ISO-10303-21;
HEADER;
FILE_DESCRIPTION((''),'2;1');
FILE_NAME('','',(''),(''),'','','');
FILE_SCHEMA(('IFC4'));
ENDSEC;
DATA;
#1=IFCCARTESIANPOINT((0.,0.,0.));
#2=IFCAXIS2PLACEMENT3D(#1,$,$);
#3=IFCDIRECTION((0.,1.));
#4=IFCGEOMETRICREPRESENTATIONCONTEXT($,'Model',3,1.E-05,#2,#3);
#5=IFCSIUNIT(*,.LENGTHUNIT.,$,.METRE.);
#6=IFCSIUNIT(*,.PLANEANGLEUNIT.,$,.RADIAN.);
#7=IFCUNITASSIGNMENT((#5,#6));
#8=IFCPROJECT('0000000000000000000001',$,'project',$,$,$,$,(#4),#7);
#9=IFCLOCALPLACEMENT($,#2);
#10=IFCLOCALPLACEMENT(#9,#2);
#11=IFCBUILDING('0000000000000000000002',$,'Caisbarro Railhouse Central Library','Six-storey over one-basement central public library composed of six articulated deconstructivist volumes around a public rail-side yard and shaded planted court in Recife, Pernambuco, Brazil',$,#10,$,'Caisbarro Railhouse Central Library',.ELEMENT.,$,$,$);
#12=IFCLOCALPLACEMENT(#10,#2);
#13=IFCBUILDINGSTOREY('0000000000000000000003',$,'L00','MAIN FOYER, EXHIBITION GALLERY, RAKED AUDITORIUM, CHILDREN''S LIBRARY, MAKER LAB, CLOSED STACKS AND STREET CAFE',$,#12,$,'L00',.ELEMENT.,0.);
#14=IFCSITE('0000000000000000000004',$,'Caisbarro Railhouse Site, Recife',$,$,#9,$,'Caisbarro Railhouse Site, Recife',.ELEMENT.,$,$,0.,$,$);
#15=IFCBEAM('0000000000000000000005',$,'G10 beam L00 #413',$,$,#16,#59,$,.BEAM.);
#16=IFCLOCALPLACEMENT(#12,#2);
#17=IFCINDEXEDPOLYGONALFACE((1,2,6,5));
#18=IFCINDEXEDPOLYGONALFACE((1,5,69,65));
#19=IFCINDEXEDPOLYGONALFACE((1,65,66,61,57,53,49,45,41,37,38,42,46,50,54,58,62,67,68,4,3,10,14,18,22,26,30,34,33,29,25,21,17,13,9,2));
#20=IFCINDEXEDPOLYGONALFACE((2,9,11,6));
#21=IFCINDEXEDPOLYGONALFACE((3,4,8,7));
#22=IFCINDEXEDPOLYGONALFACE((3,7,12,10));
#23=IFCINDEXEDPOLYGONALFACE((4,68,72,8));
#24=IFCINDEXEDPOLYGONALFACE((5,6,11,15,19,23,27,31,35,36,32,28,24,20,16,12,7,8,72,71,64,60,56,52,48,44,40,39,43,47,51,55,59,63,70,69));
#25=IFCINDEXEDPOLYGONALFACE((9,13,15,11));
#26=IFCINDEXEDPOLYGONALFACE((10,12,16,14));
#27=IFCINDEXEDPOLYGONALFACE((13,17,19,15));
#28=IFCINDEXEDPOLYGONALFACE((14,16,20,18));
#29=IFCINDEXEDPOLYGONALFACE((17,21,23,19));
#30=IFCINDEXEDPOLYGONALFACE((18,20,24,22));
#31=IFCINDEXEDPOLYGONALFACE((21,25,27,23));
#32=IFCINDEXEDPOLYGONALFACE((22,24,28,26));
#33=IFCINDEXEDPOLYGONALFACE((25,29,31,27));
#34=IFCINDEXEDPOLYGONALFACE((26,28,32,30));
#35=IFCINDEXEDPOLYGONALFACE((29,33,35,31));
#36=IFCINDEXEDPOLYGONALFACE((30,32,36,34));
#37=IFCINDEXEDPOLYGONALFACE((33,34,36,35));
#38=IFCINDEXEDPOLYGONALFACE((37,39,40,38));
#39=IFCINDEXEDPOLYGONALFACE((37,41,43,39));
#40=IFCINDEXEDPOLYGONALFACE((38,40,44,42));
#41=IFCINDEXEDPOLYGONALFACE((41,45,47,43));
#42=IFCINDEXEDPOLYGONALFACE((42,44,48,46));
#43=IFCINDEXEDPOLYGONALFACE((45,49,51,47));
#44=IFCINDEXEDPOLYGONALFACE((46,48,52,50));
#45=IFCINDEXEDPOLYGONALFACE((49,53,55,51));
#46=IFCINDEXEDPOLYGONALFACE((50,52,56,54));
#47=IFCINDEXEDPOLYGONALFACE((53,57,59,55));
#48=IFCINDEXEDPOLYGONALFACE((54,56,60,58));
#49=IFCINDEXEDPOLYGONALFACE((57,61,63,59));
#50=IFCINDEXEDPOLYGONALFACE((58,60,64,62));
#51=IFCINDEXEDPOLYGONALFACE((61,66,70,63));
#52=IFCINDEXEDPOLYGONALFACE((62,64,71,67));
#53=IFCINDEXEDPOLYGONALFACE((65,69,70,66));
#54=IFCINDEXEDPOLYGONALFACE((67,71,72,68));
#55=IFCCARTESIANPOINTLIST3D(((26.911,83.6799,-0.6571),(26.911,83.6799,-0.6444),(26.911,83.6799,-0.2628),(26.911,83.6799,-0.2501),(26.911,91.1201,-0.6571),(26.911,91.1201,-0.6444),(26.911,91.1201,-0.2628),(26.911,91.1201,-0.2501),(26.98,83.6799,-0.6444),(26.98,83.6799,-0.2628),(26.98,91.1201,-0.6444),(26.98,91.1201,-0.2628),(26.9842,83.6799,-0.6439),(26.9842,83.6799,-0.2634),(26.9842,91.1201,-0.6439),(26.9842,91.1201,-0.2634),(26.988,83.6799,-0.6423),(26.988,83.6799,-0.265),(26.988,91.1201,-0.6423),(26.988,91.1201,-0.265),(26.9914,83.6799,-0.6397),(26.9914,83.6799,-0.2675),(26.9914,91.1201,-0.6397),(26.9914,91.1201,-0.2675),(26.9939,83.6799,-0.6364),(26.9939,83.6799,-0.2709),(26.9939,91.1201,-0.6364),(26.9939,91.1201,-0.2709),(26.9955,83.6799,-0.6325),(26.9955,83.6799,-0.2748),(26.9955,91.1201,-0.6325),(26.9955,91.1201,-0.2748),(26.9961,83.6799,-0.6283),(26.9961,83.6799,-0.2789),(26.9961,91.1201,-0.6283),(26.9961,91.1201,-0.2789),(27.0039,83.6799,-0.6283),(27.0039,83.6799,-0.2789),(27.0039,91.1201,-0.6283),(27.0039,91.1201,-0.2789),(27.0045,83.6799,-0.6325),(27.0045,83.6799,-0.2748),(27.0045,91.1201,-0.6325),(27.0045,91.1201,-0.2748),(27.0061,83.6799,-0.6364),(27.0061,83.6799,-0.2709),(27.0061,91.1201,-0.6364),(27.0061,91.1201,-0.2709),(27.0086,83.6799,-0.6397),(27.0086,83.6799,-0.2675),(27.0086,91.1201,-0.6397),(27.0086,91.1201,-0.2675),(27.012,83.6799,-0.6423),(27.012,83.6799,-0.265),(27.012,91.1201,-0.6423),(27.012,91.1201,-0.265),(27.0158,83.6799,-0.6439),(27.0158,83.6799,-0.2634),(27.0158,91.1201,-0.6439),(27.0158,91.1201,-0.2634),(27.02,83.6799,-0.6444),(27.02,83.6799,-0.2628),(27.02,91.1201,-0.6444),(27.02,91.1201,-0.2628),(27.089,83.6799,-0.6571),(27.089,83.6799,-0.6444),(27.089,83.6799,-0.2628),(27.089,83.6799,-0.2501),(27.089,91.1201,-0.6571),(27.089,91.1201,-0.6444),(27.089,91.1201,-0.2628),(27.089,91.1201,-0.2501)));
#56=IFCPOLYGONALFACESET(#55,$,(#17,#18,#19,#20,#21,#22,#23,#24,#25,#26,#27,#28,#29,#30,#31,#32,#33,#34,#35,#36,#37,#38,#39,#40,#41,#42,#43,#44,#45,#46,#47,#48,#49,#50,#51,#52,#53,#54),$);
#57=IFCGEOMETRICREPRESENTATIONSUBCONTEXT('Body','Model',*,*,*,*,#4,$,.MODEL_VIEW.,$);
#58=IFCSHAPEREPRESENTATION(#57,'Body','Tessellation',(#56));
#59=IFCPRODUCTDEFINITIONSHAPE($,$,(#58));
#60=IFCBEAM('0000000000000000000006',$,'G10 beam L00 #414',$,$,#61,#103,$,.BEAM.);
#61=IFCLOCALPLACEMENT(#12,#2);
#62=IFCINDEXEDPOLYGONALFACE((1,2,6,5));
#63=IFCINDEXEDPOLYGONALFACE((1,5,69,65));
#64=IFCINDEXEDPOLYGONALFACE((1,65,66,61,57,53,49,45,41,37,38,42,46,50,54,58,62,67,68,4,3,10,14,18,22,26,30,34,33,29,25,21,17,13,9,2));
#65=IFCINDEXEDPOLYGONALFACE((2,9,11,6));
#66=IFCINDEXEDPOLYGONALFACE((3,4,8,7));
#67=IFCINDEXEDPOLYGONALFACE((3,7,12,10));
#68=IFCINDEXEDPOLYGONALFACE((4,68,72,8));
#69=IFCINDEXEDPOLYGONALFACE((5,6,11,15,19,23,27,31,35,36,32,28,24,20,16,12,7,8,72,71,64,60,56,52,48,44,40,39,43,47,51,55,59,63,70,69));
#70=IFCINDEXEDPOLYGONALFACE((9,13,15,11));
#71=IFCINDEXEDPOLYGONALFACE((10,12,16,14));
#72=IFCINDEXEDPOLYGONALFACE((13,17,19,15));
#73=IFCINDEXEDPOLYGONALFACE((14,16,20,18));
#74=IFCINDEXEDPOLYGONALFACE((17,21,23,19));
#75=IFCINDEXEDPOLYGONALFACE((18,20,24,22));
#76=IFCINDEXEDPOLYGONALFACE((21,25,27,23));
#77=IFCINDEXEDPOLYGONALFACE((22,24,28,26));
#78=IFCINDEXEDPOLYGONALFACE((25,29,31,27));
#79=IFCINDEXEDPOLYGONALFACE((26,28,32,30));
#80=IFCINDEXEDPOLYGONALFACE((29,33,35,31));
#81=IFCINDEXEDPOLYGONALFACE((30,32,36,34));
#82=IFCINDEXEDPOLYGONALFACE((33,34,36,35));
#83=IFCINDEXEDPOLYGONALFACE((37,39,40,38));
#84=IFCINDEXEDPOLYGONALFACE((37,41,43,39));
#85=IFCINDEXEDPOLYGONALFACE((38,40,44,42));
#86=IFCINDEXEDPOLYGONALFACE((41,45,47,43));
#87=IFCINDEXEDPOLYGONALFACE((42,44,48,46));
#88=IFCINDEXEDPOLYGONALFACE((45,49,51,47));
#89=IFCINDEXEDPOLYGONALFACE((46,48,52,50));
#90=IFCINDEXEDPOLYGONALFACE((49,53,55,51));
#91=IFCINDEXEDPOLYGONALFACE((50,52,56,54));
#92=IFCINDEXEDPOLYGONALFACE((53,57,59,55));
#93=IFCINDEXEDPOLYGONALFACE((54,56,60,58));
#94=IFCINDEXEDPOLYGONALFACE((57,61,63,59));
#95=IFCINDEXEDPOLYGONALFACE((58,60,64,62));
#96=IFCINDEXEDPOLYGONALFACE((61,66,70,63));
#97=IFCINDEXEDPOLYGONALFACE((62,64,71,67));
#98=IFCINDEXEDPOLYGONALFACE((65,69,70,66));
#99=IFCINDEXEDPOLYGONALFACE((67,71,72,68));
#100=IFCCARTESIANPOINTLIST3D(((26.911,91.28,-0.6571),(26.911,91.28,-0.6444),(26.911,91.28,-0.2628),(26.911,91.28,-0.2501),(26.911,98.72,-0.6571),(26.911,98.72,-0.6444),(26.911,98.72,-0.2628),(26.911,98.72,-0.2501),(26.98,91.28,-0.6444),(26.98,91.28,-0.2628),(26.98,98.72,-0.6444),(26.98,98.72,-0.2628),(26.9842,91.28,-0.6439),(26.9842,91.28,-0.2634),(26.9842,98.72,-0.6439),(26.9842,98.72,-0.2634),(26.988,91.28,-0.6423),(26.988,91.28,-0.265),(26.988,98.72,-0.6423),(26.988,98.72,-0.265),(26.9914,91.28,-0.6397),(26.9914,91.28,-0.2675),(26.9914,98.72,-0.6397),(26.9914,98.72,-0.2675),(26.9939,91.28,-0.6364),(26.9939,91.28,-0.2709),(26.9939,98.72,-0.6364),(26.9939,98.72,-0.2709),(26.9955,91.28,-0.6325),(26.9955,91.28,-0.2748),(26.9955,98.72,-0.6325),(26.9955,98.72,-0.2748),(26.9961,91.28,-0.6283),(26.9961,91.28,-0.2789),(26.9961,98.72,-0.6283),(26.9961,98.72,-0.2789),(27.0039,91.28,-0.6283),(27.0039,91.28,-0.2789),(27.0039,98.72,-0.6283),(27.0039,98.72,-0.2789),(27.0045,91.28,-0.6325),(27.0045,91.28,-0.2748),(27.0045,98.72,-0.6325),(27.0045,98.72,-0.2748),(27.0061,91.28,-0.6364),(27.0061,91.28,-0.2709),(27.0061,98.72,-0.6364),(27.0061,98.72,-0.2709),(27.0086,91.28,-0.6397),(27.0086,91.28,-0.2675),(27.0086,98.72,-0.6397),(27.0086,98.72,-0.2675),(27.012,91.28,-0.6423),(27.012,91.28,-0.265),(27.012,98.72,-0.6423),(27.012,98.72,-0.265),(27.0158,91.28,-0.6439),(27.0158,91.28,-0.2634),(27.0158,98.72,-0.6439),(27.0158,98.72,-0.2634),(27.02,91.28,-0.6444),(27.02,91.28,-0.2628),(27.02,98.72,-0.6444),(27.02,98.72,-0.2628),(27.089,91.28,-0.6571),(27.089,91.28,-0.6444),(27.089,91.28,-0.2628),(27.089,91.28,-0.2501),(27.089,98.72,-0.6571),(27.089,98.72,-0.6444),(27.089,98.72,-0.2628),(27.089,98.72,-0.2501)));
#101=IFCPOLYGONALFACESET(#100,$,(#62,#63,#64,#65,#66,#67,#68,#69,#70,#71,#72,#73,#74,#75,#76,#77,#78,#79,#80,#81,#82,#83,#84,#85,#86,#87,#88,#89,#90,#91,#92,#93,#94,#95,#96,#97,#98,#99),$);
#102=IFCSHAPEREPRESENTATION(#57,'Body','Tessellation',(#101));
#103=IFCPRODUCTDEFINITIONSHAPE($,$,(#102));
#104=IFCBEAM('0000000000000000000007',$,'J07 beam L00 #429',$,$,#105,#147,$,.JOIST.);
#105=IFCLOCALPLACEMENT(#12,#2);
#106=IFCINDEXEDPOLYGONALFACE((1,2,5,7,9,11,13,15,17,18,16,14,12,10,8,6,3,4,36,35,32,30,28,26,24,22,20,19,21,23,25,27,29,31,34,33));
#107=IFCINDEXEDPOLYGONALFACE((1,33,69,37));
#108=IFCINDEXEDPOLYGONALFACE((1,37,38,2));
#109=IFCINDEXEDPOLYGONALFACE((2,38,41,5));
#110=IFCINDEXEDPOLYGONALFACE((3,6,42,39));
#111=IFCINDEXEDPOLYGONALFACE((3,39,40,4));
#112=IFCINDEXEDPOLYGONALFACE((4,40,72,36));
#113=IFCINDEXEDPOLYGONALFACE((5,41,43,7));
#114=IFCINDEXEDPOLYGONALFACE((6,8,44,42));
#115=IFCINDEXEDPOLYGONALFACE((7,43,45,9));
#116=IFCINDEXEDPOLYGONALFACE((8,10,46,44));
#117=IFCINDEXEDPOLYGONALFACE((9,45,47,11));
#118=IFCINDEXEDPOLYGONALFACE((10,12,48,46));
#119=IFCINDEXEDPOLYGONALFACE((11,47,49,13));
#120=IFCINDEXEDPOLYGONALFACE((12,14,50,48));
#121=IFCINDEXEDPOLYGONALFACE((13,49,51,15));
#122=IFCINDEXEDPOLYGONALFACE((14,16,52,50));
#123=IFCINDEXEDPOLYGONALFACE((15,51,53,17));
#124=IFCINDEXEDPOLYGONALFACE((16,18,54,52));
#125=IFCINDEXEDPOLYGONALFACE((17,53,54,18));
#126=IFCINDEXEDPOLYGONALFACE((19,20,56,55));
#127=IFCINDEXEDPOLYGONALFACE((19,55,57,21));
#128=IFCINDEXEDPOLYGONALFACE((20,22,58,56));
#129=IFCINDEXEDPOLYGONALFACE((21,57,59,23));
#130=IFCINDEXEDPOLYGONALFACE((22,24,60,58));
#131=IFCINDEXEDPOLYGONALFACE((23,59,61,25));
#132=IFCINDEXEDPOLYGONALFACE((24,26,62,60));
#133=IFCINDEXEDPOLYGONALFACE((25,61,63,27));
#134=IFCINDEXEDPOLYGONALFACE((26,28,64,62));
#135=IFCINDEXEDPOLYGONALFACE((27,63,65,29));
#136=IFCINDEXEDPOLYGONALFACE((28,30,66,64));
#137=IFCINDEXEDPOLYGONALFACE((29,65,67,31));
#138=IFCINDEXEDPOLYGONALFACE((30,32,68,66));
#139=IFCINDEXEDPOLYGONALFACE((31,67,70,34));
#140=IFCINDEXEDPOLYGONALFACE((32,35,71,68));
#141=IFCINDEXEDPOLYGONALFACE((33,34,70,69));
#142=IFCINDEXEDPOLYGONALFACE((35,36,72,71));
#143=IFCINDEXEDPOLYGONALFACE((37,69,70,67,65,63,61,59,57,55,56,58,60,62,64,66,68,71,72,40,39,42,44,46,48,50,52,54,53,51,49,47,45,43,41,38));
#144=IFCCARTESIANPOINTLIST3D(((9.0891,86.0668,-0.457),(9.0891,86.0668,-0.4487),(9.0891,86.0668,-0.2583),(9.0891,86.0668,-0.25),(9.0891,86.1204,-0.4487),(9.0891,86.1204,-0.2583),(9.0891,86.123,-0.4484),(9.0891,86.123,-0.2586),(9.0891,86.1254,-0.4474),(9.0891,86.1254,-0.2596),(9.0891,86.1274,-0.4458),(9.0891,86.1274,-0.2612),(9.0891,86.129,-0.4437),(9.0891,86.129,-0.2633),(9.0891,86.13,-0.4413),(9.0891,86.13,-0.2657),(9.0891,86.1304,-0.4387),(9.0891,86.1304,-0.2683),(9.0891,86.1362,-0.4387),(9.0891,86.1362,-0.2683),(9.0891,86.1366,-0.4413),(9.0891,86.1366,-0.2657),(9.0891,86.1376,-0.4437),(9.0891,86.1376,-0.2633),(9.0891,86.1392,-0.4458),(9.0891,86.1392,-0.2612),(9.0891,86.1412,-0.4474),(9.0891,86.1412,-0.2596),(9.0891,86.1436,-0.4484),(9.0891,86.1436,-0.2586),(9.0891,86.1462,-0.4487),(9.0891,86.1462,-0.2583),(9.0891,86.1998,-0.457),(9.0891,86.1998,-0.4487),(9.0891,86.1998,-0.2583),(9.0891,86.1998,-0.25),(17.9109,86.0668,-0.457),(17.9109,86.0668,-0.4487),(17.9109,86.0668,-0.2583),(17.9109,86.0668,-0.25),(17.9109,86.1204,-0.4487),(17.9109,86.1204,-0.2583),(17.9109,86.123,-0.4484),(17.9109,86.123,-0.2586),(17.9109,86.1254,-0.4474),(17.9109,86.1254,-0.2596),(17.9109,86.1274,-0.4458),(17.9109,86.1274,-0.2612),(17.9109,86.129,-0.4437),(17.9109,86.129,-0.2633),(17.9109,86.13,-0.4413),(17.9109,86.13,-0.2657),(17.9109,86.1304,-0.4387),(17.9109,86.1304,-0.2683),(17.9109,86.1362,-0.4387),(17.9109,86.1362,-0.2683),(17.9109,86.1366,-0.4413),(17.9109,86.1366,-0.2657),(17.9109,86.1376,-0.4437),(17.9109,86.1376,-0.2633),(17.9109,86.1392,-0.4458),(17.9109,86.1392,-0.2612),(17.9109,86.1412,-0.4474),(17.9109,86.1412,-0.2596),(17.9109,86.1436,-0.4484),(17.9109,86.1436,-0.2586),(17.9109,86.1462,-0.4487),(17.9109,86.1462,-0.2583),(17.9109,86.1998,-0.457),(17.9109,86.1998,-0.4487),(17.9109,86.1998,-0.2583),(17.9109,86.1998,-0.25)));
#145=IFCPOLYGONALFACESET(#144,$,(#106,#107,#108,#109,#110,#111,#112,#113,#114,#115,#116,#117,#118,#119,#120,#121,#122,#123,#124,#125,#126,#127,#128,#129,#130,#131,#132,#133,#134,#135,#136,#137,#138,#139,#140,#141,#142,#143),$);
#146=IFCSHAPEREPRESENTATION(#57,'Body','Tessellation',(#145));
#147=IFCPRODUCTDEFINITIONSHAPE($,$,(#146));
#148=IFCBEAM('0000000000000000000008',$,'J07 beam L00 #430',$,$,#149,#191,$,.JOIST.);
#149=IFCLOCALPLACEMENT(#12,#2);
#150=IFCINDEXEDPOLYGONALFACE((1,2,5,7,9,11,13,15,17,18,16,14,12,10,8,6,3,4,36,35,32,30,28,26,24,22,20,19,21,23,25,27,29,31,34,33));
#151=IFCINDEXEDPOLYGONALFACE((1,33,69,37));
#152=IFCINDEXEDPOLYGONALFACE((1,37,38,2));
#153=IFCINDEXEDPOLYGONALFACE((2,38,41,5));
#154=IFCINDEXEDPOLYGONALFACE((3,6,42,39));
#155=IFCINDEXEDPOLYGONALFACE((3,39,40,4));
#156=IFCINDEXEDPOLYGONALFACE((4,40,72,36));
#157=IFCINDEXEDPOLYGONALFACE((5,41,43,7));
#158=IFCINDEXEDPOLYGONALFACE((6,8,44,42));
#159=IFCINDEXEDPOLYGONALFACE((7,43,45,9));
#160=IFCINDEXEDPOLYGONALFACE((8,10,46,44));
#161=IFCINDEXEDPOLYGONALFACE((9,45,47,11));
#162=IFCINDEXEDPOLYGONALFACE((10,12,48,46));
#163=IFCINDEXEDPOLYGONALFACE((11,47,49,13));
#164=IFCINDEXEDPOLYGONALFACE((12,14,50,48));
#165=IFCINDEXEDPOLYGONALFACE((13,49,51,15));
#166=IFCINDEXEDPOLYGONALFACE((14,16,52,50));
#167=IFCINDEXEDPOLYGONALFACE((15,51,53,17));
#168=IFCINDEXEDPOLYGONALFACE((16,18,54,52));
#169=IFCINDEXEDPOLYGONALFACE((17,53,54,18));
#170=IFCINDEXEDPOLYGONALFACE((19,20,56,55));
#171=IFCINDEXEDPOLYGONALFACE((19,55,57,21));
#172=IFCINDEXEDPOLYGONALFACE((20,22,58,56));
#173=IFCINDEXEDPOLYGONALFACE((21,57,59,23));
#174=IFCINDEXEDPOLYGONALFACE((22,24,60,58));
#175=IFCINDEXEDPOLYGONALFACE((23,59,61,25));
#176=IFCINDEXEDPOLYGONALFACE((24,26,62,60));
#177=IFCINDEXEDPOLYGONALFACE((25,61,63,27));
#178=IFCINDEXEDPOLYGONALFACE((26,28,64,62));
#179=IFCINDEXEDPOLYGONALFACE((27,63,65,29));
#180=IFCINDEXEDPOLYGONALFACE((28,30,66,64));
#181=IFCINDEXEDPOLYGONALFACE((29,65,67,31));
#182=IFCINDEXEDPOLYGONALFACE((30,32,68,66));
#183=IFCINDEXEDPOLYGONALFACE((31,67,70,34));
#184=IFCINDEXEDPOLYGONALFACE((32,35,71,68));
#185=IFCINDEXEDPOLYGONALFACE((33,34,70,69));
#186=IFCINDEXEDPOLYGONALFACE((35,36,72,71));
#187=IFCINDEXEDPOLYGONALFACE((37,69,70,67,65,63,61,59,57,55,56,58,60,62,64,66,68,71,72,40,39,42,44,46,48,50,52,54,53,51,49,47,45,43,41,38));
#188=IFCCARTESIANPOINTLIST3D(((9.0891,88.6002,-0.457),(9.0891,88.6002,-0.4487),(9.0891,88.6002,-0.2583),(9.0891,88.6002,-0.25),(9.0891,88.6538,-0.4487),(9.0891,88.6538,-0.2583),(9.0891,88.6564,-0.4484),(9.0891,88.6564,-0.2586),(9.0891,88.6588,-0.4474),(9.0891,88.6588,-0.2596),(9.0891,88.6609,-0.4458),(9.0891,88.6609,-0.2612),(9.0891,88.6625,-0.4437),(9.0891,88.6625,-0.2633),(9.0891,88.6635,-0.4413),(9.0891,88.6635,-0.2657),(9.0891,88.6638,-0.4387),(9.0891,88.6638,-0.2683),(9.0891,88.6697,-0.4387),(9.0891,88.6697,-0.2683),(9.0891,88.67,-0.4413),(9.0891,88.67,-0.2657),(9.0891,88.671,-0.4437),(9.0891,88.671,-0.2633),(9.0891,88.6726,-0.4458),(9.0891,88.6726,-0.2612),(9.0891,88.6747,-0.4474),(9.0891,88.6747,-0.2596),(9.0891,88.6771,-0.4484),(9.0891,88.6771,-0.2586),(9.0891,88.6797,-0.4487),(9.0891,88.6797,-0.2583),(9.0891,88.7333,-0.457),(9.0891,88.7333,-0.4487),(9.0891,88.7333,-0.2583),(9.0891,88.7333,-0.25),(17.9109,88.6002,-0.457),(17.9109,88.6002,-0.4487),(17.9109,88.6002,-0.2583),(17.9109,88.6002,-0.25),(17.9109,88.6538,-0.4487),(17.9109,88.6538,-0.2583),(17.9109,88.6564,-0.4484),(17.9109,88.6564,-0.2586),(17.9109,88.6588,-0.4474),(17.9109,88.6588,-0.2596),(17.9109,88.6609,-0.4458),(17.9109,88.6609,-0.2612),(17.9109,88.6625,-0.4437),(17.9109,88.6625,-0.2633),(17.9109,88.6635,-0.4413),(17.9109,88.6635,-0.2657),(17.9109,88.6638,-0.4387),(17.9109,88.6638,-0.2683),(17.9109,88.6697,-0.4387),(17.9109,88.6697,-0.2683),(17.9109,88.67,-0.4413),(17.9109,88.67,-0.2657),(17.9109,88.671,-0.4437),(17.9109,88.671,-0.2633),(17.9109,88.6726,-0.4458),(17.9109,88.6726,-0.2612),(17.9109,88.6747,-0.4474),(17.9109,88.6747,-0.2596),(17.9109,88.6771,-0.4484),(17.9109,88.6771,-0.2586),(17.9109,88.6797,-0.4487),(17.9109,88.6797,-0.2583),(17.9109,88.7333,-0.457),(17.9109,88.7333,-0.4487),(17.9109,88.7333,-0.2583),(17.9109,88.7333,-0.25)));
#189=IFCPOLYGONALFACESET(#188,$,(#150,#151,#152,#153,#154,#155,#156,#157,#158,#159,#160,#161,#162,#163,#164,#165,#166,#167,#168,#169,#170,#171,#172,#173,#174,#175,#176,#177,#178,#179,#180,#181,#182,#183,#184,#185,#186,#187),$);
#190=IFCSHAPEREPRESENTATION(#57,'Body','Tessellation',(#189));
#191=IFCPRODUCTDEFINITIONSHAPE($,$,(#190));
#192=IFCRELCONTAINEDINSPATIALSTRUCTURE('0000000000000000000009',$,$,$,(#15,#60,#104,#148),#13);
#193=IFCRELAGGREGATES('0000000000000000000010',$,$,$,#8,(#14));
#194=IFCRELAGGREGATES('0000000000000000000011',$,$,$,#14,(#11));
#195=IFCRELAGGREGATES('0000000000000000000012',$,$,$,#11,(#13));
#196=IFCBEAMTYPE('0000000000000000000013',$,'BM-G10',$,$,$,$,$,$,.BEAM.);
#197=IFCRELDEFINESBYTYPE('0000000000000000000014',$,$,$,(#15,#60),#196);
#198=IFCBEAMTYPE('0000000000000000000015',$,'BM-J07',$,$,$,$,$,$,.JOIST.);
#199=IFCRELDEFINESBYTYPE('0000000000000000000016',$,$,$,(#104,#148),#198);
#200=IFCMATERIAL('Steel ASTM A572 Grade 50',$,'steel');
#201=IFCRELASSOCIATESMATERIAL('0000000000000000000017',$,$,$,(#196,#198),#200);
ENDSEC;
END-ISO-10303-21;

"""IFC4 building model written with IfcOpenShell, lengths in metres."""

from ifc_helpers import new_model, si_unit, direction, frame, origin, origin_2d, place, context, subcontext, project, spatial, i_section, extrude, material, material_profile, profile_set, type_object, element, save


model = new_model("IFC4")

# Units and contexts
model_context = context("Model", 3, precision=1e-05, world=origin(), true_north=direction((0.0, 1.0)))
body_context = subcontext(model_context, "Body", "Model", "MODEL_VIEW")
ifc_project = project(units=[si_unit("LENGTHUNIT", "METRE"), si_unit("PLANEANGLEUNIT", "RADIAN")], contexts=[model_context])

# Site, building, storey
site_placement = place(None, origin())
site = spatial("IfcSite", under=ifc_project, at=site_placement, Name="Caisbarro Railhouse Site, Recife", LongName="Caisbarro Railhouse Site, Recife", CompositionType="ELEMENT", RefElevation=0.0)
building_placement = place(site_placement, origin())
building = spatial("IfcBuilding", under=site, at=building_placement, Name="Caisbarro Railhouse Central Library", Description="Six-storey over one-basement central public library composed of six articulated deconstructivist volumes around a public rail-side yard and shaded planted court in Recife, Pernambuco, Brazil", LongName="Caisbarro Railhouse Central Library", CompositionType="ELEMENT")
storey_placement = place(building_placement, origin())
storey = spatial("IfcBuildingStorey", under=building, at=storey_placement, Name="L00", Description="MAIN FOYER, EXHIBITION GALLERY, RAKED AUDITORIUM, CHILDREN'S LIBRARY, MAKER LAB, CLOSED STACKS AND STREET CAFE", LongName="L00", CompositionType="ELEMENT", Elevation=0.0)

# Shared definitions
ifc_material_1 = material(Name="Steel ASTM A572 Grade 50", Category="steel")

# Beams
ifc_material_profile_1 = material_profile(ifc_material_1, i_section(OverallWidth=0.178, OverallDepth=0.407, WebThickness=0.0078, FlangeThickness=0.0127, FilletRadius=0.0161, at=origin_2d()), Name="W410X60.0")
ifc_profile_set_1 = profile_set([ifc_material_profile_1], Name="Steel ASTM A572 Grade 50")
beam_type_1 = type_object("IfcBeamType", Name="BM-G10", PredefinedType="BEAM", material=ifc_profile_set_1)
beam_1_placement = place(storey_placement, frame((27.0, 83.6799, -0.4536), z_axis=(0.0, 1.0, 0.0), x_axis=(-1.0, 0.0, 0.0)))
element("IfcBeam", 1, at=beam_1_placement, inside=storey, type_object=beam_type_1, Name="G10 beam L00 #413", PredefinedType="BEAM", context=body_context, shape_type="SweptSolid", body=[
    extrude(i_section(OverallWidth=0.178, OverallDepth=0.407, WebThickness=0.0078, FlangeThickness=0.0127, FilletRadius=0.0161, at=origin_2d()), origin(), (0.0, 0.0, 1.0), 7.4402),
])
beam_2_placement = place(storey_placement, frame((27.0, 91.28, -0.4536), z_axis=(0.0, 1.0, 0.0), x_axis=(-1.0, 0.0, 0.0)))
element("IfcBeam", 2, at=beam_2_placement, inside=storey, type_object=beam_type_1, Name="G10 beam L00 #414", PredefinedType="BEAM", context=body_context, shape_type="SweptSolid", body=[
    extrude(i_section(OverallWidth=0.178, OverallDepth=0.407, WebThickness=0.0078, FlangeThickness=0.0127, FilletRadius=0.0161, at=origin_2d()), origin(), (0.0, 0.0, 1.0), 7.4399),
])
ifc_material_profile_2 = material_profile(ifc_material_1, i_section(OverallWidth=0.1331, OverallDepth=0.207, WebThickness=0.0059, FlangeThickness=0.0083, FilletRadius=0.01, at=origin_2d()), Name="W200X26.6")
ifc_profile_set_2 = profile_set([ifc_material_profile_2], Name="Steel ASTM A572 Grade 50")
beam_type_2 = type_object("IfcBeamType", Name="BM-J07", PredefinedType="JOIST", material=ifc_profile_set_2)
for number, where, z_axis, x_axis, name in (
    (3, (9.0891, 86.1333, -0.3535), (1.0, 0.0, 0.0), (0.0, 1.0, 0.0), "J07 beam L00 #429"),
    (4, (9.0891, 88.6667, -0.3535), (1.0, 0.0, 0.0), (0.0, 1.0, 0.0), "J07 beam L00 #430"),
):
    element("IfcBeam", number, at=place(storey_placement, frame(where, z_axis=z_axis, x_axis=x_axis)), inside=storey, type_object=beam_type_2, Name=name, PredefinedType="JOIST", context=body_context, shape_type="SweptSolid", body=[
        extrude(i_section(OverallWidth=0.1331, OverallDepth=0.207, WebThickness=0.0059, FlangeThickness=0.0083, FilletRadius=0.01, at=origin_2d()), origin(), (0.0, 0.0, 1.0), 8.8218),
    ])

save(model, "model.ifc")
